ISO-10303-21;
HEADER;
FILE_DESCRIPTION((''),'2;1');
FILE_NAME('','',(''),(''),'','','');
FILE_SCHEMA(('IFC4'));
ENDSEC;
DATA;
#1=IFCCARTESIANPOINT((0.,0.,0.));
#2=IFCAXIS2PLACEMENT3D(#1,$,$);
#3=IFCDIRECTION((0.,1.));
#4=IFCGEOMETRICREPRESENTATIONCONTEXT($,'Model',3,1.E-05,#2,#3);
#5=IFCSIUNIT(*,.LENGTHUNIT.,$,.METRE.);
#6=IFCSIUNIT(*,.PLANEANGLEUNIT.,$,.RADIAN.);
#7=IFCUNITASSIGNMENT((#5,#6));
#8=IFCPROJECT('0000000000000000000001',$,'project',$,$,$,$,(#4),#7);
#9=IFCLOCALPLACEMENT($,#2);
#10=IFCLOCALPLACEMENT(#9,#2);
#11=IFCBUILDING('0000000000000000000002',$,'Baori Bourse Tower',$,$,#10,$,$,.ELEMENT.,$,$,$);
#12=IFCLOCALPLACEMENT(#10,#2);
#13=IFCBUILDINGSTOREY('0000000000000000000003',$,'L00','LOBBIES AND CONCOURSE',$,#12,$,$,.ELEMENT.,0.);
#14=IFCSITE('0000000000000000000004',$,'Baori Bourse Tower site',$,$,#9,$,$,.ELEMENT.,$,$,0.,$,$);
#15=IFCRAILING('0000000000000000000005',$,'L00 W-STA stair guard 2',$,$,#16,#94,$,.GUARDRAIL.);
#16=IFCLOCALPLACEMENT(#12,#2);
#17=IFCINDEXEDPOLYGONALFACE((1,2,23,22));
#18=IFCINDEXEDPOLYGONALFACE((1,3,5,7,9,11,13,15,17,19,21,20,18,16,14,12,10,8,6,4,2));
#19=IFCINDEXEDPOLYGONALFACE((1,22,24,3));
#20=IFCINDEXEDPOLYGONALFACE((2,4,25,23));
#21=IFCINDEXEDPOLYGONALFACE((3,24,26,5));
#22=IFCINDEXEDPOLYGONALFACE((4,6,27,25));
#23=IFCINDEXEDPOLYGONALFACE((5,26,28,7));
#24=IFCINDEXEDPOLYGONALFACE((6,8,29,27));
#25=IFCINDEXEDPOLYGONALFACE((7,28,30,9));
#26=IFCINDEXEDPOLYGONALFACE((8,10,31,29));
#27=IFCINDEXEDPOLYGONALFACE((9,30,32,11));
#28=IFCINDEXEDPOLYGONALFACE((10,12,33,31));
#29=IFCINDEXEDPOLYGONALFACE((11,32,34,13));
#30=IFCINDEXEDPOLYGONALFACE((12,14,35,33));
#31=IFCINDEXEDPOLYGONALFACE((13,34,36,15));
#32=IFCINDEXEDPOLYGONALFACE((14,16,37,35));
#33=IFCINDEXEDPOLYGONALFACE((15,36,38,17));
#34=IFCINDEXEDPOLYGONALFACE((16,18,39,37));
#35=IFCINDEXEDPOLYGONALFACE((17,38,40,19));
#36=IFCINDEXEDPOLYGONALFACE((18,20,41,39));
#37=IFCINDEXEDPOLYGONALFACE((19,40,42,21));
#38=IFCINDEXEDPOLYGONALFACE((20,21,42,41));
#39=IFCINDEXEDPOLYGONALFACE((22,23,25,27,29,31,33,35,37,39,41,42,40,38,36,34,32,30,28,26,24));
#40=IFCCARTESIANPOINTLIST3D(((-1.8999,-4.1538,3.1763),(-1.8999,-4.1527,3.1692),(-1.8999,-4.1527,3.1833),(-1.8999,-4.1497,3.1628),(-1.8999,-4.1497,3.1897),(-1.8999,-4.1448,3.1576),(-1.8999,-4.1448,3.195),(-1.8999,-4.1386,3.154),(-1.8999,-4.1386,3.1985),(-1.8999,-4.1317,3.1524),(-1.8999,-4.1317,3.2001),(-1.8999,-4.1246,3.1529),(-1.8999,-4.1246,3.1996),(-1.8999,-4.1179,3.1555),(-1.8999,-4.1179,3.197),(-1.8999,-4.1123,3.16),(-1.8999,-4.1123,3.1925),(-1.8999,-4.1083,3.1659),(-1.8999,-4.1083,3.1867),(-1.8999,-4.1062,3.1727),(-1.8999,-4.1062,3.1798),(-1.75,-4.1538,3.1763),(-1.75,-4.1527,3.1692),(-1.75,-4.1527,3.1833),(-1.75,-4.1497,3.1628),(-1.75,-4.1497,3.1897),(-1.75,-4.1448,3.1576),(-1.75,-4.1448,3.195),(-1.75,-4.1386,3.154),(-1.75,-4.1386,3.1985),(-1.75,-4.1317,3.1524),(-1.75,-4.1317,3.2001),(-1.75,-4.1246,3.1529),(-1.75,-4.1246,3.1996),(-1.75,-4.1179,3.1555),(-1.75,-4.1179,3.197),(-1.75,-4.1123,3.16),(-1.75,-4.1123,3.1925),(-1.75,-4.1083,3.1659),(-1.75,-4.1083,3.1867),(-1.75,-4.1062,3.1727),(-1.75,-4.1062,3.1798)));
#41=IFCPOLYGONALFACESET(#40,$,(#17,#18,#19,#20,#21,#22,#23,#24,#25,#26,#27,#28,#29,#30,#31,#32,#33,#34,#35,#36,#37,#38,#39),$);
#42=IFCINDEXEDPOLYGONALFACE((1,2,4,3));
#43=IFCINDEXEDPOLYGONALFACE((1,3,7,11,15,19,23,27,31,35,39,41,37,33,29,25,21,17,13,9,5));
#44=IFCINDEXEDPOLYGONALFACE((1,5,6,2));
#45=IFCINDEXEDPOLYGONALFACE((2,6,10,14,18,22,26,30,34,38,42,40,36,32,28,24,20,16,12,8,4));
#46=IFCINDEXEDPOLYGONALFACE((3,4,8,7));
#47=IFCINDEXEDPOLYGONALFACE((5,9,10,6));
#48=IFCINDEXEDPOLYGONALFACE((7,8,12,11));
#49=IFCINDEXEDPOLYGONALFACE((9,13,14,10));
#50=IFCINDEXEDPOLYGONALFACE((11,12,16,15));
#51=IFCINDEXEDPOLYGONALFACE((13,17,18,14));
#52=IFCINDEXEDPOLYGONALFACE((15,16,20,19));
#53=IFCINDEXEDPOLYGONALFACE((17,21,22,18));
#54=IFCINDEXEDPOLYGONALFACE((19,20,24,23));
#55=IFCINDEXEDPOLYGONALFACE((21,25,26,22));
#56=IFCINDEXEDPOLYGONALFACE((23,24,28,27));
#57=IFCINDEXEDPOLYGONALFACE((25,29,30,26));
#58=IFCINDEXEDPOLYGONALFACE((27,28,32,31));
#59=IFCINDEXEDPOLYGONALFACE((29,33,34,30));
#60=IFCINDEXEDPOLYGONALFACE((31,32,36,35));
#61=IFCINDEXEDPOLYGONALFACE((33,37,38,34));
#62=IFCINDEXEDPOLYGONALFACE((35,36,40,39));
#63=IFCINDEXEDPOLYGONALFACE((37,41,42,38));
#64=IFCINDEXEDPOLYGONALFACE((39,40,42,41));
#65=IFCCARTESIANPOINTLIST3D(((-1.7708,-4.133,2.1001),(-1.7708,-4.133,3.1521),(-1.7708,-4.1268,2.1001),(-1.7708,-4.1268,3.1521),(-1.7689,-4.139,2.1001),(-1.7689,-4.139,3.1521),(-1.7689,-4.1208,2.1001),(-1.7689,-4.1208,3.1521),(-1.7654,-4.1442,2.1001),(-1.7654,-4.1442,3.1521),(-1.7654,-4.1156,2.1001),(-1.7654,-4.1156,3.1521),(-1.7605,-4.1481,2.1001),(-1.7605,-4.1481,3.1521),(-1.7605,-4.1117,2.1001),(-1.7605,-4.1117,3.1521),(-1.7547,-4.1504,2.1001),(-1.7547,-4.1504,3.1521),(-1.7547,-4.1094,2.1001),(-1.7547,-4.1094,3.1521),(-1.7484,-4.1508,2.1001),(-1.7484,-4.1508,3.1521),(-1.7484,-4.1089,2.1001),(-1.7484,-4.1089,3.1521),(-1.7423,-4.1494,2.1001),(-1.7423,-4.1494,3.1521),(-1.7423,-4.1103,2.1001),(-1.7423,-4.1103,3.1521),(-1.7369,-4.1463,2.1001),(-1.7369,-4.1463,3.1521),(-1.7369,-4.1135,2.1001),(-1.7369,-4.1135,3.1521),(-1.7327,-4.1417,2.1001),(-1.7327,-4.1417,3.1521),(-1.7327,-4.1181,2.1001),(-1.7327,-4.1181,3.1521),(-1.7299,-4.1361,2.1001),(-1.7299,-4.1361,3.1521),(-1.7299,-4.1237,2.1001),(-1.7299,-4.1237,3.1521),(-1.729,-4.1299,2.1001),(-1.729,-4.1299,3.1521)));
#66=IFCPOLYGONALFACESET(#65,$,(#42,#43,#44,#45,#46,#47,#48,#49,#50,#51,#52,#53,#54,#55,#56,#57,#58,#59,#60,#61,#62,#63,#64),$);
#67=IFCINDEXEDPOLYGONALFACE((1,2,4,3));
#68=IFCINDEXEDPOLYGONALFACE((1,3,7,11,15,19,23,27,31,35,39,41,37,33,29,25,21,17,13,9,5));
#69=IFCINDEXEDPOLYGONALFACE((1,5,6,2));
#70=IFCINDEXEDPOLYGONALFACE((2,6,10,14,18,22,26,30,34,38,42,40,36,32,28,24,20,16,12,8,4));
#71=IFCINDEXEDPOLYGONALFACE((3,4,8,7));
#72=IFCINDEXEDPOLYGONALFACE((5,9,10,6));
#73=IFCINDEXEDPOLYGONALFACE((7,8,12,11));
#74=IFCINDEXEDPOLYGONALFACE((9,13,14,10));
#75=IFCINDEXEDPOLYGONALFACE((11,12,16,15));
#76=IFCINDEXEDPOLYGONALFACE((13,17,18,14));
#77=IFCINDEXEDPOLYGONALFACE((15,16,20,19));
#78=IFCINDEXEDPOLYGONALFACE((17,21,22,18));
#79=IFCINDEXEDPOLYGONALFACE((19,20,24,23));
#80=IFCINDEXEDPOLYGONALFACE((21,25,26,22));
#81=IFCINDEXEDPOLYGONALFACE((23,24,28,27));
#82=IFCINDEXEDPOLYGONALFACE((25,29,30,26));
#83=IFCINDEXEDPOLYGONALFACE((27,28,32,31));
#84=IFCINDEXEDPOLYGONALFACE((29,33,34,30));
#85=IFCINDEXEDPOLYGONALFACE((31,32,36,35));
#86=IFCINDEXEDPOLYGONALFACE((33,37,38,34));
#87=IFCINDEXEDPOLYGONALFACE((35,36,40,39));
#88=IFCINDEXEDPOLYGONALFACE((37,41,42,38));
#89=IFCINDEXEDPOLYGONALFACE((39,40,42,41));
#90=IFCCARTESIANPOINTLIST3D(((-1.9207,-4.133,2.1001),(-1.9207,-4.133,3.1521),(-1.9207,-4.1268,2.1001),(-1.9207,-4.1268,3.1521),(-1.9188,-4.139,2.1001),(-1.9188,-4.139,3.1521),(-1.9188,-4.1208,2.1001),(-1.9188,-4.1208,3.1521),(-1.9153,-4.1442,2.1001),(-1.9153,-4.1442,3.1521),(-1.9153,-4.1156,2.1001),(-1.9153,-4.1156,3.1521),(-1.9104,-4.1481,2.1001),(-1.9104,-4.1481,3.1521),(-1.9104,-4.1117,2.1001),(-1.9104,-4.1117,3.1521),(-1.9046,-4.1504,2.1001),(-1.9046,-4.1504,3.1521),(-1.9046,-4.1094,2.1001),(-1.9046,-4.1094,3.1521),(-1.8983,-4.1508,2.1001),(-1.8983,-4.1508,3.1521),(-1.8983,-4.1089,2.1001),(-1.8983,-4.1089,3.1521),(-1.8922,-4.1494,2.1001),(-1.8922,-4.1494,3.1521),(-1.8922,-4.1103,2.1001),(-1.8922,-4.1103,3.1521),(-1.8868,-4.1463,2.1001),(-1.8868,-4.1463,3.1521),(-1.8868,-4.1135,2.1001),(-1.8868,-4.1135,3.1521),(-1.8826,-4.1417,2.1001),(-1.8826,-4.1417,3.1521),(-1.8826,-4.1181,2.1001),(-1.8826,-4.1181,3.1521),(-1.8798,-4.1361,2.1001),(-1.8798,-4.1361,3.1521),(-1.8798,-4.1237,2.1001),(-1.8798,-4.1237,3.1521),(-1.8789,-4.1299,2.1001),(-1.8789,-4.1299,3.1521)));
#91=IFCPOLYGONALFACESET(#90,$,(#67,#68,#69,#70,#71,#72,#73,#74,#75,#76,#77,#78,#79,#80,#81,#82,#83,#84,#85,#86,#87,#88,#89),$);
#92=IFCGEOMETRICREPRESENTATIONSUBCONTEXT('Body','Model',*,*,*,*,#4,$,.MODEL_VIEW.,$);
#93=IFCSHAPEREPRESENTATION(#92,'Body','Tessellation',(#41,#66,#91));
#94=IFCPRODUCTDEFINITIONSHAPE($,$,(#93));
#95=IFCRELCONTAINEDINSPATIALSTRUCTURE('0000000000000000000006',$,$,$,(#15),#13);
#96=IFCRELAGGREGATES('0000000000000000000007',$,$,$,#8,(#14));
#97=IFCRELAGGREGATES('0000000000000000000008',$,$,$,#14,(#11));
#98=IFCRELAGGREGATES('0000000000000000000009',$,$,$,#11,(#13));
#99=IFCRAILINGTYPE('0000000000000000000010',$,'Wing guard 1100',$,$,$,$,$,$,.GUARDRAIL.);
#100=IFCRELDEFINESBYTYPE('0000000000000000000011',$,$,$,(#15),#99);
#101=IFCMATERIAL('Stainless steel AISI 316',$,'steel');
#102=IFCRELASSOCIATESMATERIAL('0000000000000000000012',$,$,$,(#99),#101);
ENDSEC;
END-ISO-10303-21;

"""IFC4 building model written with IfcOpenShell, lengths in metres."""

from ifc_helpers import new_model, si_unit, direction, frame, origin, origin_2d, place, context, subcontext, project, spatial, circle, extrude, material, type_object, element, save


model = new_model("IFC4")

# Units and contexts
model_context = context("Model", 3, precision=1e-05, world=origin(), true_north=direction((0.0, 1.0)))
body_context = subcontext(model_context, "Body", "Model", "MODEL_VIEW")
ifc_project = project(units=[si_unit("LENGTHUNIT", "METRE"), si_unit("PLANEANGLEUNIT", "RADIAN")], contexts=[model_context])

# Site, building, storey
site_placement = place(None, origin())
site = spatial("IfcSite", under=ifc_project, at=site_placement, Name="Baori Bourse Tower site", CompositionType="ELEMENT", RefElevation=0.0)
building_placement = place(site_placement, origin())
building = spatial("IfcBuilding", under=site, at=building_placement, Name="Baori Bourse Tower", CompositionType="ELEMENT")
storey_placement = place(building_placement, origin())
storey = spatial("IfcBuildingStorey", under=building, at=storey_placement, Name="L00", Description="LOBBIES AND CONCOURSE", CompositionType="ELEMENT", Elevation=0.0)

# Railing
ifc_material_1 = material(Name="Stainless steel AISI 316", Category="steel")
railing_type_1 = type_object("IfcRailingType", Name="Wing guard 1100", PredefinedType="GUARDRAIL", material=ifc_material_1)
railing_1_placement = place(storey_placement, frame((-1.75, -4.1299, 2.1001)))
element("IfcRailing", 1, at=railing_1_placement, inside=storey, type_object=railing_type_1, Name="L00 W-STA stair guard 2", PredefinedType="GUARDRAIL", context=body_context, shape_type="SweptSolid", body=[
    extrude(circle(Radius=0.0239, at=origin_2d()), frame((0.0, 0.0, 1.0762), z_axis=(-1.0, 0.0, 0.0), x_axis=(0.0, -1.0, 0.0)), (0.0, 0.0, 1.0), 0.1499),
    extrude(circle(Radius=0.021, at=origin_2d()), origin(), (0.0, 0.0, 1.0), 1.052),
    extrude(circle(Radius=0.021, at=origin_2d()), frame((-0.1499, 0.0, 0.0)), (0.0, 0.0, 1.0), 1.052),
])

save(model, "model.ifc")
